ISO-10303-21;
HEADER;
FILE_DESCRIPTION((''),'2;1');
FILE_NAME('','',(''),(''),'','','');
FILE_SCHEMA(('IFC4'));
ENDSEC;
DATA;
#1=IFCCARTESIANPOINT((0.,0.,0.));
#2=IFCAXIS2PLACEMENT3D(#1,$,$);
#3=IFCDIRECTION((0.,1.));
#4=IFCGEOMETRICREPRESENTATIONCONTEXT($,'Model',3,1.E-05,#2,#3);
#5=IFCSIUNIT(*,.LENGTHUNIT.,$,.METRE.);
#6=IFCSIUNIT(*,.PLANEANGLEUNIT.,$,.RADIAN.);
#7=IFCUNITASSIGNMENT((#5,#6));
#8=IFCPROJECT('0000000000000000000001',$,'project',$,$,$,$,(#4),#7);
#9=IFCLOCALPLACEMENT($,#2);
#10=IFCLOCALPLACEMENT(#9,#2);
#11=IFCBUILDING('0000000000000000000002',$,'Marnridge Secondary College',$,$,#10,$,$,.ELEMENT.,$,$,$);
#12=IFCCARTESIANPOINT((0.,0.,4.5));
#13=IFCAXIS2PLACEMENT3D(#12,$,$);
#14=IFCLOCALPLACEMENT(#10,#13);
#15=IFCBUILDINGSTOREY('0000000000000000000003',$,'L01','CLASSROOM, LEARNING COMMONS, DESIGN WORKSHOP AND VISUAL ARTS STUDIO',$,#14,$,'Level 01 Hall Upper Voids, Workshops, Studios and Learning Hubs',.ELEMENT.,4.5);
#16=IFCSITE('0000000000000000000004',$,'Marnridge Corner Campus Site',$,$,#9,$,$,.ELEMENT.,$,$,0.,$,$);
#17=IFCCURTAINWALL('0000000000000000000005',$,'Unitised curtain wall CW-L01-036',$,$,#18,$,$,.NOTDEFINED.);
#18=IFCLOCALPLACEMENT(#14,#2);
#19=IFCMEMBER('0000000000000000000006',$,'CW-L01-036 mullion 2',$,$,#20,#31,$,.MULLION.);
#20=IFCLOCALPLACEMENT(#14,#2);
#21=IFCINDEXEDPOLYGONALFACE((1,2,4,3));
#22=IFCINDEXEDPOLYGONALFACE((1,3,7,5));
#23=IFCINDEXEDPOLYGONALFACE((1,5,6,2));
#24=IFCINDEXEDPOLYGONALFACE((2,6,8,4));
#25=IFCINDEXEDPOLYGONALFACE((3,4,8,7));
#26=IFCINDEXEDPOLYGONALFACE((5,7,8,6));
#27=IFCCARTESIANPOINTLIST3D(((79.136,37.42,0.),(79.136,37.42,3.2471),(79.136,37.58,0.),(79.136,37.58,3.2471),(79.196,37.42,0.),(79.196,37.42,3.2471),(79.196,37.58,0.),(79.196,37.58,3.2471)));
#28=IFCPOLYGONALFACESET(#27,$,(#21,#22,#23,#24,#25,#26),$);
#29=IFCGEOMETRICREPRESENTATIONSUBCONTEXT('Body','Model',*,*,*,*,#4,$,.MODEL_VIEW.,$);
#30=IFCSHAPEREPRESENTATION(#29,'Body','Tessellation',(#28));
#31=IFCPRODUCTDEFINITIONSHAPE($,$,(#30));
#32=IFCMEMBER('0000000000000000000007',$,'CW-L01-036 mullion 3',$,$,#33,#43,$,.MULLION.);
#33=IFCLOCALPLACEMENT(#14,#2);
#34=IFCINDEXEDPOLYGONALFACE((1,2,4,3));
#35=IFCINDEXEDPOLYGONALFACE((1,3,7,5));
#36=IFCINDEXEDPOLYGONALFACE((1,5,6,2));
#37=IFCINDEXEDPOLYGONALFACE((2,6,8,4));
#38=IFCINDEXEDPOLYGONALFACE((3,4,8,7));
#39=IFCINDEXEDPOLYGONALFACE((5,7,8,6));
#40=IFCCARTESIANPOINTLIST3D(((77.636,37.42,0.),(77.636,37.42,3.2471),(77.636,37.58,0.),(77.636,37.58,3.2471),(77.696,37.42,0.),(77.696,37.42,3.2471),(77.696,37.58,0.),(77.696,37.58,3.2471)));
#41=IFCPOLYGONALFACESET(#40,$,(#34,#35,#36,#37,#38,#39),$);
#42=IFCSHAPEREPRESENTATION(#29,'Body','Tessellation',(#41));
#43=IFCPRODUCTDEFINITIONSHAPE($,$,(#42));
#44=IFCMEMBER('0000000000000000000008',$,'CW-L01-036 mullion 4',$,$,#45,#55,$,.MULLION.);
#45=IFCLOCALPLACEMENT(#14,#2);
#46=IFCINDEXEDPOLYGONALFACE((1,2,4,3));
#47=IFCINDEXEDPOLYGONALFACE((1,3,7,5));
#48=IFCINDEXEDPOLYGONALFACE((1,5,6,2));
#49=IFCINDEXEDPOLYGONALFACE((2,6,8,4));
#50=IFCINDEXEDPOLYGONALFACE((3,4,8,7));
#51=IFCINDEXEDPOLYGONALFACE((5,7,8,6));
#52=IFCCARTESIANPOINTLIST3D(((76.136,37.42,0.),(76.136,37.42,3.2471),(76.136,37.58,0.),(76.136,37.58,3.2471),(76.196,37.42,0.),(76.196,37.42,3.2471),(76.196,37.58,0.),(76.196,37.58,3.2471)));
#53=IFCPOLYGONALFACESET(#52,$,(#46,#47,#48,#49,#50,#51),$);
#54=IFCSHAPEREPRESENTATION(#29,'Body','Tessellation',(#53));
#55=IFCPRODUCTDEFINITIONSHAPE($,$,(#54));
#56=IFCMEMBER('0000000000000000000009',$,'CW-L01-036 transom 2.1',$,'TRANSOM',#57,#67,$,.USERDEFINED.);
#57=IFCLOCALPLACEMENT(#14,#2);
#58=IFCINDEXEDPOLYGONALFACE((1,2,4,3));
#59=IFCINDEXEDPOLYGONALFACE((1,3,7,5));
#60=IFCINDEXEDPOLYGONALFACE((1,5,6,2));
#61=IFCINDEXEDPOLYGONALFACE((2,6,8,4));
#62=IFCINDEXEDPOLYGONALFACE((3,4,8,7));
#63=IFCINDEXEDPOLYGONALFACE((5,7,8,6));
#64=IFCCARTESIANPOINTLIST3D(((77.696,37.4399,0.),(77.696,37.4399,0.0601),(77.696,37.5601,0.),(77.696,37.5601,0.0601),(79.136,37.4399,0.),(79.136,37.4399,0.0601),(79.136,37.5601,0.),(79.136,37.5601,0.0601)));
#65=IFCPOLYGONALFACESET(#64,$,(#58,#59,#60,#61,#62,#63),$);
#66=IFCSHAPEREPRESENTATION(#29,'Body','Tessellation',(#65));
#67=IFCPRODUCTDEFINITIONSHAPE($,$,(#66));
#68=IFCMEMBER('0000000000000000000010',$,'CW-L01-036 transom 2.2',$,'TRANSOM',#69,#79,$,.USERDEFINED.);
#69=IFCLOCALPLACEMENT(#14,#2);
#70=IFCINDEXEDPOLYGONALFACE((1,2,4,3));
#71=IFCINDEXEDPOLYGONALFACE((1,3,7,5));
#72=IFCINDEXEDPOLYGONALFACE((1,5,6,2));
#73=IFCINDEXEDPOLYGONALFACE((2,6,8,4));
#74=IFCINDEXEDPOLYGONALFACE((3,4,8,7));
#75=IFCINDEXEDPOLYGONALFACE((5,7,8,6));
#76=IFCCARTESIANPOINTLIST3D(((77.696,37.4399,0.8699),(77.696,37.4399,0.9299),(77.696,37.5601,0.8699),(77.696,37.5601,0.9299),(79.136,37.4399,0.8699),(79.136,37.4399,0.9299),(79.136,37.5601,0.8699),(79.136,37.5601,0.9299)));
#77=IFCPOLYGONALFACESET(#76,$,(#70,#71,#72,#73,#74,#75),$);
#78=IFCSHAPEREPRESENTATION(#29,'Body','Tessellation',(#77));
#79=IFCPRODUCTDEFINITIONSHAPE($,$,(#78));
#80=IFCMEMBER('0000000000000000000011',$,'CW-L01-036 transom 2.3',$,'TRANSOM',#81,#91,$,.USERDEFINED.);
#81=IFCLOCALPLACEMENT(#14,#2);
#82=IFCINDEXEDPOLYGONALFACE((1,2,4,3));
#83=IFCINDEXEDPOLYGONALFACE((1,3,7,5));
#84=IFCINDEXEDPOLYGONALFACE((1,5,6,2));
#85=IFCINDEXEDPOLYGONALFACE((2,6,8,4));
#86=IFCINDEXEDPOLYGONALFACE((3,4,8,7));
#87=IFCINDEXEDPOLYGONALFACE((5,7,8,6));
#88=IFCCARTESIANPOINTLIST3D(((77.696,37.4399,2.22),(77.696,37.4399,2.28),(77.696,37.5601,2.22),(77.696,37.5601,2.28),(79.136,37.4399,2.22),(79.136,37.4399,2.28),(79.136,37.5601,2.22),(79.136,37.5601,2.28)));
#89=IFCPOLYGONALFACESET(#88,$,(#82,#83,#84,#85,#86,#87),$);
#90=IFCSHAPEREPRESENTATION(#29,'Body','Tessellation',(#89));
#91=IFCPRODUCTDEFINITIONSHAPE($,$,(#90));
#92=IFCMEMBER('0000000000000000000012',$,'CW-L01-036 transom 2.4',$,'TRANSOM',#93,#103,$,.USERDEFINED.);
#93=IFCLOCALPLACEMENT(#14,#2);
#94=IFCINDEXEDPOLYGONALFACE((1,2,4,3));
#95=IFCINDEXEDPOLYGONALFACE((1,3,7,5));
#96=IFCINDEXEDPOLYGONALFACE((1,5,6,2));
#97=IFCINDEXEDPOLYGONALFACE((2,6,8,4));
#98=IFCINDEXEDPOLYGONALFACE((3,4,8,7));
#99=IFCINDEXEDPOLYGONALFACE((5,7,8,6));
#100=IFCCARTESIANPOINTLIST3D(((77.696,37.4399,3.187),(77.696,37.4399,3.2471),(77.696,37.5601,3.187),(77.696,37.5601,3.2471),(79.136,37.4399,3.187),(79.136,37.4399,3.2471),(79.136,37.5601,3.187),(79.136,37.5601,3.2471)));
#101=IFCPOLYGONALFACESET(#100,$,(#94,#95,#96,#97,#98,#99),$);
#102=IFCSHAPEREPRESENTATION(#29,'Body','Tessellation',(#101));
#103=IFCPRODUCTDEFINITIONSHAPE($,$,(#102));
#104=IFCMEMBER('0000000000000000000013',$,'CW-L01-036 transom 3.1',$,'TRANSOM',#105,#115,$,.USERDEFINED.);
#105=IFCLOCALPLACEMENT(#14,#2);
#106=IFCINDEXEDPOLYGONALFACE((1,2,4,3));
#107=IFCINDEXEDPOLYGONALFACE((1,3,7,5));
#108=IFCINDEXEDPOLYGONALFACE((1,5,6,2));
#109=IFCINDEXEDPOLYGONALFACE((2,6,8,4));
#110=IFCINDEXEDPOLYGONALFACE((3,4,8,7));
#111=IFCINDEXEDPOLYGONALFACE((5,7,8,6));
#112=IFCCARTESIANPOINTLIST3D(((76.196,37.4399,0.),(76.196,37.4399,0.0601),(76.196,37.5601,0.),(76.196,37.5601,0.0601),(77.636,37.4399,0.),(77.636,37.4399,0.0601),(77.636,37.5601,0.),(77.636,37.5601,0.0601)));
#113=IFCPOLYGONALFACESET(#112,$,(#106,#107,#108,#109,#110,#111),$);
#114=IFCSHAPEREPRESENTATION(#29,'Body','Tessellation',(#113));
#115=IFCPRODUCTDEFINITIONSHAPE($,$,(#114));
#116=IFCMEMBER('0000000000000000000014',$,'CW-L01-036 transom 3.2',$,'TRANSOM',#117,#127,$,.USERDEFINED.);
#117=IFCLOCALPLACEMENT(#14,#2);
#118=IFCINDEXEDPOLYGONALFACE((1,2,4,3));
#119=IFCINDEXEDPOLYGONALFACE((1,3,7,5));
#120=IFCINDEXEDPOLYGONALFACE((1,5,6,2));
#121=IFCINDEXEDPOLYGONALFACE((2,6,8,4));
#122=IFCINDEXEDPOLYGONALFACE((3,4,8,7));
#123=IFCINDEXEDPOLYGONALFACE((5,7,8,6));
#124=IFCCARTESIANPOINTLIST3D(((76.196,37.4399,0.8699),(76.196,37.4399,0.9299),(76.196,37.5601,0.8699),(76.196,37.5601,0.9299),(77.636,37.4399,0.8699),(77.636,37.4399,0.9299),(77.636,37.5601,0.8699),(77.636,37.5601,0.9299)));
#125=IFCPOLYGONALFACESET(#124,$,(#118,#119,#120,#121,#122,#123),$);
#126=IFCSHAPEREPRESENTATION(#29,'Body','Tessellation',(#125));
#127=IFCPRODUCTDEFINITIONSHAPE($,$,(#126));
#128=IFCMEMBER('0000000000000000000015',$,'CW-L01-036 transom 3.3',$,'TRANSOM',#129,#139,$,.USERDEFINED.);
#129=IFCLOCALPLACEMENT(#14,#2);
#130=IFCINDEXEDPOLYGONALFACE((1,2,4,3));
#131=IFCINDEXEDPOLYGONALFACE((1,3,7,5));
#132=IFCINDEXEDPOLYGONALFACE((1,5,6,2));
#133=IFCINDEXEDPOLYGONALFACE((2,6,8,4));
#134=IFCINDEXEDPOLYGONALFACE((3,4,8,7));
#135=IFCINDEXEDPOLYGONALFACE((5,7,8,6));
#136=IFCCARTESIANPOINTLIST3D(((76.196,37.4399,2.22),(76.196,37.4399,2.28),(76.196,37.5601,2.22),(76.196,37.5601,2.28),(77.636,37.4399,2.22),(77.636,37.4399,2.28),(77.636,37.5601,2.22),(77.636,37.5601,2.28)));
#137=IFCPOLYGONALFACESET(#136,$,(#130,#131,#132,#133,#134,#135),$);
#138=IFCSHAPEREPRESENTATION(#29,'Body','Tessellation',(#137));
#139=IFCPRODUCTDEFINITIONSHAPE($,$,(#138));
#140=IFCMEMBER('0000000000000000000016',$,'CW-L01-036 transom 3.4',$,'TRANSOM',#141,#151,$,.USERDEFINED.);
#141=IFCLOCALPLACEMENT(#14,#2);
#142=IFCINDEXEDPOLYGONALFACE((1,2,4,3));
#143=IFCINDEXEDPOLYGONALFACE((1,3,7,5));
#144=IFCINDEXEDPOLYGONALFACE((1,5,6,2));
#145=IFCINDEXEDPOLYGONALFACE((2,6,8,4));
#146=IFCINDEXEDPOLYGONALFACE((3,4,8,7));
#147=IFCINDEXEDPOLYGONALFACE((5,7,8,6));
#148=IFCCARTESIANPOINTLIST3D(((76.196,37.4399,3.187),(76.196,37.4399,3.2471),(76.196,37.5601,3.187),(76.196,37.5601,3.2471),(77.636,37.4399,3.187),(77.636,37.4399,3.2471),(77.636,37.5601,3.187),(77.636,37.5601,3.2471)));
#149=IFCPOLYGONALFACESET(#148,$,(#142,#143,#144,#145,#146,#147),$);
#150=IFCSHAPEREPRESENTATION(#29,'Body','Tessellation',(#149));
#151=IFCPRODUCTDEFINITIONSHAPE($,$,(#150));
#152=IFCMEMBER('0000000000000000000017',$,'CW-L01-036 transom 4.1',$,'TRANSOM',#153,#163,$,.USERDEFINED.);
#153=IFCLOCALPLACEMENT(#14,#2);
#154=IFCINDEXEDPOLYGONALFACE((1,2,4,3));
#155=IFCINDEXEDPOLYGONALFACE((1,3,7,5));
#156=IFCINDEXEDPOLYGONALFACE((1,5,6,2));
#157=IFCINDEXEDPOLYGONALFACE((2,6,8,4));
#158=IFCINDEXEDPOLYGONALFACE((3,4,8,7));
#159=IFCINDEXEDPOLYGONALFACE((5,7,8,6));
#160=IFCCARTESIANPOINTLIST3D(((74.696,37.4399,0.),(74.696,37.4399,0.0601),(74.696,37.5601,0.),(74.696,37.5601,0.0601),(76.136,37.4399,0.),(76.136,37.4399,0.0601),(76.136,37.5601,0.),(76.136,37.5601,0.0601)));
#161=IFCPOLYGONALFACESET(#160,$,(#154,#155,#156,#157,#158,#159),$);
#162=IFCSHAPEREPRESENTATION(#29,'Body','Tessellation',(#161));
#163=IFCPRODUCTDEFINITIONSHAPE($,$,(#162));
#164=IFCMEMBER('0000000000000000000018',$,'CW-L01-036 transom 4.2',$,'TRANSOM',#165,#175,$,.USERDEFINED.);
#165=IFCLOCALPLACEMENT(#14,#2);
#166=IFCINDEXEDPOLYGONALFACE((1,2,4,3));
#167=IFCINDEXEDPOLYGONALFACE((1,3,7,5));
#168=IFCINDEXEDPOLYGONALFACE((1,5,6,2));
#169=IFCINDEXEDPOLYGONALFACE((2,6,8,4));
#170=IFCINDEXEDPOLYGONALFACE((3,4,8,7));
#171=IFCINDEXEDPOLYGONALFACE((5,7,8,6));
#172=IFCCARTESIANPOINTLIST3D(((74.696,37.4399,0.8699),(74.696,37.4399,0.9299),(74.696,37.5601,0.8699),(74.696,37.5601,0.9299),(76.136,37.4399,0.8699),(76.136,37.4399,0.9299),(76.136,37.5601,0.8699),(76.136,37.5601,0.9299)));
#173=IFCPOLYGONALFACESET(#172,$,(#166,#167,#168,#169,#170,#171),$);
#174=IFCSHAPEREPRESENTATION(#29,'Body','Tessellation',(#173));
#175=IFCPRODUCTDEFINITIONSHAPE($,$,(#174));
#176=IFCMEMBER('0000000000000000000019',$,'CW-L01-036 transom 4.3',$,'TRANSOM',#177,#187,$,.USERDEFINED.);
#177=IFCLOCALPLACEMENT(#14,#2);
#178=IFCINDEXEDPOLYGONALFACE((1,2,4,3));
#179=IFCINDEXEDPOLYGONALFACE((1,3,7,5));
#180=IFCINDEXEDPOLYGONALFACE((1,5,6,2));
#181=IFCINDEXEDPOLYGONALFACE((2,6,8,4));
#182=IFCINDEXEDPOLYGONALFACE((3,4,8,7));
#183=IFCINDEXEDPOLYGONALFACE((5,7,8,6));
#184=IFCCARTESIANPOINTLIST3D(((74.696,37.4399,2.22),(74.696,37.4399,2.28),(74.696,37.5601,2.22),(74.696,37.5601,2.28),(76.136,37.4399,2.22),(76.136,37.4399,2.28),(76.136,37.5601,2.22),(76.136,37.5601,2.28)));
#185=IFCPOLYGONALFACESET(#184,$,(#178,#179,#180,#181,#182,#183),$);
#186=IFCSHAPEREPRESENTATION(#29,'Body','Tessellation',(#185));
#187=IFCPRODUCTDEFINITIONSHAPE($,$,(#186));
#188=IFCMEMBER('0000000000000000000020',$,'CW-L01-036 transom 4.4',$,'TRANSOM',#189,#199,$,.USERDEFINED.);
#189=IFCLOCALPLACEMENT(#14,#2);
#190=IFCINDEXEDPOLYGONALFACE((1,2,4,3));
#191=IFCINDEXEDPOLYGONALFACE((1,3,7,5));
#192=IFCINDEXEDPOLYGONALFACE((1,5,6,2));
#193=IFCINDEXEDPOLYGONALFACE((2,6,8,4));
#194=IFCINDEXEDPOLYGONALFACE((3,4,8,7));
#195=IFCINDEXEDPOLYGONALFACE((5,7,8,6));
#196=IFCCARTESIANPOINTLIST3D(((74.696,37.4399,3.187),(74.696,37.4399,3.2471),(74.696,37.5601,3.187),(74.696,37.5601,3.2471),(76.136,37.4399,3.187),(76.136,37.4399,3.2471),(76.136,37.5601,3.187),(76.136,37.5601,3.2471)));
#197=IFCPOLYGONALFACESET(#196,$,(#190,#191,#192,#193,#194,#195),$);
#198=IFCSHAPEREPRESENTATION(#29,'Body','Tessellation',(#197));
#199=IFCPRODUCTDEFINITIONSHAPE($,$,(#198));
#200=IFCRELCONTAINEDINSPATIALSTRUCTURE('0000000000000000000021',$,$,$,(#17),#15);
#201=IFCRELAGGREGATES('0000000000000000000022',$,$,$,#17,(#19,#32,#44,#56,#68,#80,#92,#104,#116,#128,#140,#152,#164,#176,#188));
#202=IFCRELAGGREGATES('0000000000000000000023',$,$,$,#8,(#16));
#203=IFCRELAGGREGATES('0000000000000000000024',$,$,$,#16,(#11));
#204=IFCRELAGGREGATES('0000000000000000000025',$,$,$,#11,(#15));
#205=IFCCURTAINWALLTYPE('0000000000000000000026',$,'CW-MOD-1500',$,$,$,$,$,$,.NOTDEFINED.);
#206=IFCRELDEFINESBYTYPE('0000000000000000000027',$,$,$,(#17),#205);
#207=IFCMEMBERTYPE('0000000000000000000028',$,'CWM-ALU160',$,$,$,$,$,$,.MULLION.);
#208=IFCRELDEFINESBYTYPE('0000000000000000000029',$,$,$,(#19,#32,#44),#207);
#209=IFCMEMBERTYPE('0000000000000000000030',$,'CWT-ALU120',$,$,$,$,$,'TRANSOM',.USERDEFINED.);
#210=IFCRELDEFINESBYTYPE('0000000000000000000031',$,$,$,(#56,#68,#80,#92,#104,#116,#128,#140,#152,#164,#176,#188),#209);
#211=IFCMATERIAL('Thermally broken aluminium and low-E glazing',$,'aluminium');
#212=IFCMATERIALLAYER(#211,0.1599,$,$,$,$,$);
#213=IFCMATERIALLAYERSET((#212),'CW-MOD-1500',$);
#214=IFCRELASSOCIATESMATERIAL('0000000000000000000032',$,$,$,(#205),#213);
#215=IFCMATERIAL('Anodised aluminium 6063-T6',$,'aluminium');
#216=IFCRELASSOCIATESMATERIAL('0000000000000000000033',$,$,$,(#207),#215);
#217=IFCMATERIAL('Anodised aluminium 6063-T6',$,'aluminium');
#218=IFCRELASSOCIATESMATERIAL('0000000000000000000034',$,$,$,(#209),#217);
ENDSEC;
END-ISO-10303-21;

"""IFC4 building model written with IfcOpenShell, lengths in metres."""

from ifc_helpers import new_model, si_unit, direction, frame, origin, origin_2d, place, context, subcontext, project, spatial, rectangle, extrude, material, layer, layer_set, material_profile, profile_set, type_object, element, aggregate, save


model = new_model("IFC4")

# Units and contexts
model_context = context("Model", 3, precision=1e-05, world=origin(), true_north=direction((0.0, 1.0)))
body_context = subcontext(model_context, "Body", "Model", "MODEL_VIEW")
ifc_project = project(units=[si_unit("LENGTHUNIT", "METRE"), si_unit("PLANEANGLEUNIT", "RADIAN")], contexts=[model_context])

# Site, building, storey
site_placement = place(None, origin())
site = spatial("IfcSite", under=ifc_project, at=site_placement, Name="Marnridge Corner Campus Site", CompositionType="ELEMENT", RefElevation=0.0)
building_placement = place(site_placement, origin())
building = spatial("IfcBuilding", under=site, at=building_placement, Name="Marnridge Secondary College", CompositionType="ELEMENT")
storey_placement = place(building_placement, frame((0.0, 0.0, 4.5)))
storey = spatial("IfcBuildingStorey", under=building, at=storey_placement, Name="L01", Description="CLASSROOM, LEARNING COMMONS, DESIGN WORKSHOP AND VISUAL ARTS STUDIO", LongName="Level 01 Hall Upper Voids, Workshops, Studios and Learning Hubs", CompositionType="ELEMENT", Elevation=4.5)

# Curtain wall, members
ifc_material_1 = material(Name="Thermally broken aluminium and low-E glazing", Category="aluminium")
ifc_layer_1 = layer(ifc_material_1, 0.1599)
ifc_layer_set_1 = layer_set([ifc_layer_1], Name="CW-MOD-1500")
curtain_wall_type = type_object("IfcCurtainWallType", Name="CW-MOD-1500", PredefinedType="NOTDEFINED", material=ifc_layer_set_1)
curtain_wall_placement = place(storey_placement, origin())
curtain_wall = element("IfcCurtainWall", 1, at=curtain_wall_placement, inside=storey, type_object=curtain_wall_type, Name="Unitised curtain wall CW-L01-036", PredefinedType="NOTDEFINED")
ifc_material_2 = material(Name="Anodised aluminium 6063-T6", Category="aluminium")
ifc_material_profile_1 = material_profile(ifc_material_2, rectangle(XDim=0.0601, YDim=0.1599, at=origin_2d()), Name="ALU 60x160")
ifc_profile_set_1 = profile_set([ifc_material_profile_1], Name="Anodised aluminium 6063-T6")
member_type_1 = type_object("IfcMemberType", Name="CWM-ALU160", PredefinedType="MULLION", material=ifc_profile_set_1)
member_1_placement = place(storey_placement, frame((79.166, 37.5, 0.0), z_axis=(0.0, 0.0, 1.0), x_axis=(-1.0, 0.0, 0.0)))
member_1 = element("IfcMember", 2, at=member_1_placement, type_object=member_type_1, Name="CW-L01-036 mullion 2", PredefinedType="MULLION", context=body_context, shape_type="SweptSolid", body=[
    extrude(rectangle(XDim=0.0601, YDim=0.1599, at=origin_2d()), origin(), (0.0, 0.0, 1.0), 3.2471),
])
member_2_placement = place(storey_placement, frame((77.666, 37.5, 0.0), z_axis=(0.0, 0.0, 1.0), x_axis=(-1.0, 0.0, 0.0)))
member_2 = element("IfcMember", 3, at=member_2_placement, type_object=member_type_1, Name="CW-L01-036 mullion 3", PredefinedType="MULLION", context=body_context, shape_type="SweptSolid", body=[
    extrude(rectangle(XDim=0.0601, YDim=0.1599, at=origin_2d()), origin(), (0.0, 0.0, 1.0), 3.2471),
])
member_3_placement = place(storey_placement, frame((76.166, 37.5, 0.0), z_axis=(0.0, 0.0, 1.0), x_axis=(-1.0, 0.0, 0.0)))
member_3 = element("IfcMember", 4, at=member_3_placement, type_object=member_type_1, Name="CW-L01-036 mullion 4", PredefinedType="MULLION", context=body_context, shape_type="SweptSolid", body=[
    extrude(rectangle(XDim=0.0601, YDim=0.1599, at=origin_2d()), origin(), (0.0, 0.0, 1.0), 3.2471),
])
ifc_material_3 = material(Name="Anodised aluminium 6063-T6", Category="aluminium")
ifc_material_profile_2 = material_profile(ifc_material_3, rectangle(XDim=0.0601, YDim=0.1201, at=origin_2d()), Name="ALU 60x120")
ifc_profile_set_2 = profile_set([ifc_material_profile_2], Name="Anodised aluminium 6063-T6")
member_type_2 = type_object("IfcMemberType", Name="CWT-ALU120", ElementType="TRANSOM", PredefinedType="USERDEFINED", material=ifc_profile_set_2)
member_4_placement = place(storey_placement, frame((79.136, 37.5, 0.03), z_axis=(-1.0, 0.0, 0.0), x_axis=(0.0, 0.0, 1.0)))
member_4 = element("IfcMember", 5, at=member_4_placement, type_object=member_type_2, Name="CW-L01-036 transom 2.1", ObjectType="TRANSOM", PredefinedType="USERDEFINED", context=body_context, shape_type="SweptSolid", body=[
    extrude(rectangle(XDim=0.0601, YDim=0.1201, at=origin_2d()), origin(), (0.0, 0.0, 1.0), 1.4399),
])
member_5_placement = place(storey_placement, frame((79.136, 37.5, 0.8999), z_axis=(-1.0, 0.0, 0.0), x_axis=(0.0, 0.0, 1.0)))
member_5 = element("IfcMember", 6, at=member_5_placement, type_object=member_type_2, Name="CW-L01-036 transom 2.2", ObjectType="TRANSOM", PredefinedType="USERDEFINED", context=body_context, shape_type="SweptSolid", body=[
    extrude(rectangle(XDim=0.0601, YDim=0.1201, at=origin_2d()), origin(), (0.0, 0.0, 1.0), 1.4399),
])
member_6_placement = place(storey_placement, frame((79.136, 37.5, 2.25), z_axis=(-1.0, 0.0, 0.0), x_axis=(0.0, 0.0, 1.0)))
member_6 = element("IfcMember", 7, at=member_6_placement, type_object=member_type_2, Name="CW-L01-036 transom 2.3", ObjectType="TRANSOM", PredefinedType="USERDEFINED", context=body_context, shape_type="SweptSolid", body=[
    extrude(rectangle(XDim=0.0601, YDim=0.1201, at=origin_2d()), origin(), (0.0, 0.0, 1.0), 1.4399),
])
member_7_placement = place(storey_placement, frame((79.136, 37.5, 3.217), z_axis=(-1.0, 0.0, 0.0), x_axis=(0.0, 0.0, 1.0)))
member_7 = element("IfcMember", 8, at=member_7_placement, type_object=member_type_2, Name="CW-L01-036 transom 2.4", ObjectType="TRANSOM", PredefinedType="USERDEFINED", context=body_context, shape_type="SweptSolid", body=[
    extrude(rectangle(XDim=0.0601, YDim=0.1201, at=origin_2d()), origin(), (0.0, 0.0, 1.0), 1.4399),
])
member_8_placement = place(storey_placement, frame((77.636, 37.5, 0.03), z_axis=(-1.0, 0.0, 0.0), x_axis=(0.0, 0.0, 1.0)))
member_8 = element("IfcMember", 9, at=member_8_placement, type_object=member_type_2, Name="CW-L01-036 transom 3.1", ObjectType="TRANSOM", PredefinedType="USERDEFINED", context=body_context, shape_type="SweptSolid", body=[
    extrude(rectangle(XDim=0.0601, YDim=0.1201, at=origin_2d()), origin(), (0.0, 0.0, 1.0), 1.4399),
])
member_9_placement = place(storey_placement, frame((77.636, 37.5, 0.8999), z_axis=(-1.0, 0.0, 0.0), x_axis=(0.0, 0.0, 1.0)))
member_9 = element("IfcMember", 10, at=member_9_placement, type_object=member_type_2, Name="CW-L01-036 transom 3.2", ObjectType="TRANSOM", PredefinedType="USERDEFINED", context=body_context, shape_type="SweptSolid", body=[
    extrude(rectangle(XDim=0.0601, YDim=0.1201, at=origin_2d()), origin(), (0.0, 0.0, 1.0), 1.4399),
])
member_10_placement = place(storey_placement, frame((77.636, 37.5, 2.25), z_axis=(-1.0, 0.0, 0.0), x_axis=(0.0, 0.0, 1.0)))
member_10 = element("IfcMember", 11, at=member_10_placement, type_object=member_type_2, Name="CW-L01-036 transom 3.3", ObjectType="TRANSOM", PredefinedType="USERDEFINED", context=body_context, shape_type="SweptSolid", body=[
    extrude(rectangle(XDim=0.0601, YDim=0.1201, at=origin_2d()), origin(), (0.0, 0.0, 1.0), 1.4399),
])
member_11_placement = place(storey_placement, frame((77.636, 37.5, 3.217), z_axis=(-1.0, 0.0, 0.0), x_axis=(0.0, 0.0, 1.0)))
member_11 = element("IfcMember", 12, at=member_11_placement, type_object=member_type_2, Name="CW-L01-036 transom 3.4", ObjectType="TRANSOM", PredefinedType="USERDEFINED", context=body_context, shape_type="SweptSolid", body=[
    extrude(rectangle(XDim=0.0601, YDim=0.1201, at=origin_2d()), origin(), (0.0, 0.0, 1.0), 1.4399),
])
member_12_placement = place(storey_placement, frame((76.136, 37.5, 0.03), z_axis=(-1.0, 0.0, 0.0), x_axis=(0.0, 0.0, 1.0)))
member_12 = element("IfcMember", 13, at=member_12_placement, type_object=member_type_2, Name="CW-L01-036 transom 4.1", ObjectType="TRANSOM", PredefinedType="USERDEFINED", context=body_context, shape_type="SweptSolid", body=[
    extrude(rectangle(XDim=0.0601, YDim=0.1201, at=origin_2d()), origin(), (0.0, 0.0, 1.0), 1.4399),
])
member_13_placement = place(storey_placement, frame((76.136, 37.5, 0.8999), z_axis=(-1.0, 0.0, 0.0), x_axis=(0.0, 0.0, 1.0)))
member_13 = element("IfcMember", 14, at=member_13_placement, type_object=member_type_2, Name="CW-L01-036 transom 4.2", ObjectType="TRANSOM", PredefinedType="USERDEFINED", context=body_context, shape_type="SweptSolid", body=[
    extrude(rectangle(XDim=0.0601, YDim=0.1201, at=origin_2d()), origin(), (0.0, 0.0, 1.0), 1.4399),
])
member_14_placement = place(storey_placement, frame((76.136, 37.5, 2.25), z_axis=(-1.0, 0.0, 0.0), x_axis=(0.0, 0.0, 1.0)))
member_14 = element("IfcMember", 15, at=member_14_placement, type_object=member_type_2, Name="CW-L01-036 transom 4.3", ObjectType="TRANSOM", PredefinedType="USERDEFINED", context=body_context, shape_type="SweptSolid", body=[
    extrude(rectangle(XDim=0.0601, YDim=0.1201, at=origin_2d()), origin(), (0.0, 0.0, 1.0), 1.4399),
])
member_15_placement = place(storey_placement, frame((76.136, 37.5, 3.217), z_axis=(-1.0, 0.0, 0.0), x_axis=(0.0, 0.0, 1.0)))
member_15 = element("IfcMember", 16, at=member_15_placement, type_object=member_type_2, Name="CW-L01-036 transom 4.4", ObjectType="TRANSOM", PredefinedType="USERDEFINED", context=body_context, shape_type="SweptSolid", body=[
    extrude(rectangle(XDim=0.0601, YDim=0.1201, at=origin_2d()), origin(), (0.0, 0.0, 1.0), 1.4399),
])
aggregate(curtain_wall, [member_1, member_2, member_3, member_4, member_5, member_6, member_7, member_8, member_9, member_10, member_11, member_12, member_13, member_14, member_15])

save(model, "model.ifc")
